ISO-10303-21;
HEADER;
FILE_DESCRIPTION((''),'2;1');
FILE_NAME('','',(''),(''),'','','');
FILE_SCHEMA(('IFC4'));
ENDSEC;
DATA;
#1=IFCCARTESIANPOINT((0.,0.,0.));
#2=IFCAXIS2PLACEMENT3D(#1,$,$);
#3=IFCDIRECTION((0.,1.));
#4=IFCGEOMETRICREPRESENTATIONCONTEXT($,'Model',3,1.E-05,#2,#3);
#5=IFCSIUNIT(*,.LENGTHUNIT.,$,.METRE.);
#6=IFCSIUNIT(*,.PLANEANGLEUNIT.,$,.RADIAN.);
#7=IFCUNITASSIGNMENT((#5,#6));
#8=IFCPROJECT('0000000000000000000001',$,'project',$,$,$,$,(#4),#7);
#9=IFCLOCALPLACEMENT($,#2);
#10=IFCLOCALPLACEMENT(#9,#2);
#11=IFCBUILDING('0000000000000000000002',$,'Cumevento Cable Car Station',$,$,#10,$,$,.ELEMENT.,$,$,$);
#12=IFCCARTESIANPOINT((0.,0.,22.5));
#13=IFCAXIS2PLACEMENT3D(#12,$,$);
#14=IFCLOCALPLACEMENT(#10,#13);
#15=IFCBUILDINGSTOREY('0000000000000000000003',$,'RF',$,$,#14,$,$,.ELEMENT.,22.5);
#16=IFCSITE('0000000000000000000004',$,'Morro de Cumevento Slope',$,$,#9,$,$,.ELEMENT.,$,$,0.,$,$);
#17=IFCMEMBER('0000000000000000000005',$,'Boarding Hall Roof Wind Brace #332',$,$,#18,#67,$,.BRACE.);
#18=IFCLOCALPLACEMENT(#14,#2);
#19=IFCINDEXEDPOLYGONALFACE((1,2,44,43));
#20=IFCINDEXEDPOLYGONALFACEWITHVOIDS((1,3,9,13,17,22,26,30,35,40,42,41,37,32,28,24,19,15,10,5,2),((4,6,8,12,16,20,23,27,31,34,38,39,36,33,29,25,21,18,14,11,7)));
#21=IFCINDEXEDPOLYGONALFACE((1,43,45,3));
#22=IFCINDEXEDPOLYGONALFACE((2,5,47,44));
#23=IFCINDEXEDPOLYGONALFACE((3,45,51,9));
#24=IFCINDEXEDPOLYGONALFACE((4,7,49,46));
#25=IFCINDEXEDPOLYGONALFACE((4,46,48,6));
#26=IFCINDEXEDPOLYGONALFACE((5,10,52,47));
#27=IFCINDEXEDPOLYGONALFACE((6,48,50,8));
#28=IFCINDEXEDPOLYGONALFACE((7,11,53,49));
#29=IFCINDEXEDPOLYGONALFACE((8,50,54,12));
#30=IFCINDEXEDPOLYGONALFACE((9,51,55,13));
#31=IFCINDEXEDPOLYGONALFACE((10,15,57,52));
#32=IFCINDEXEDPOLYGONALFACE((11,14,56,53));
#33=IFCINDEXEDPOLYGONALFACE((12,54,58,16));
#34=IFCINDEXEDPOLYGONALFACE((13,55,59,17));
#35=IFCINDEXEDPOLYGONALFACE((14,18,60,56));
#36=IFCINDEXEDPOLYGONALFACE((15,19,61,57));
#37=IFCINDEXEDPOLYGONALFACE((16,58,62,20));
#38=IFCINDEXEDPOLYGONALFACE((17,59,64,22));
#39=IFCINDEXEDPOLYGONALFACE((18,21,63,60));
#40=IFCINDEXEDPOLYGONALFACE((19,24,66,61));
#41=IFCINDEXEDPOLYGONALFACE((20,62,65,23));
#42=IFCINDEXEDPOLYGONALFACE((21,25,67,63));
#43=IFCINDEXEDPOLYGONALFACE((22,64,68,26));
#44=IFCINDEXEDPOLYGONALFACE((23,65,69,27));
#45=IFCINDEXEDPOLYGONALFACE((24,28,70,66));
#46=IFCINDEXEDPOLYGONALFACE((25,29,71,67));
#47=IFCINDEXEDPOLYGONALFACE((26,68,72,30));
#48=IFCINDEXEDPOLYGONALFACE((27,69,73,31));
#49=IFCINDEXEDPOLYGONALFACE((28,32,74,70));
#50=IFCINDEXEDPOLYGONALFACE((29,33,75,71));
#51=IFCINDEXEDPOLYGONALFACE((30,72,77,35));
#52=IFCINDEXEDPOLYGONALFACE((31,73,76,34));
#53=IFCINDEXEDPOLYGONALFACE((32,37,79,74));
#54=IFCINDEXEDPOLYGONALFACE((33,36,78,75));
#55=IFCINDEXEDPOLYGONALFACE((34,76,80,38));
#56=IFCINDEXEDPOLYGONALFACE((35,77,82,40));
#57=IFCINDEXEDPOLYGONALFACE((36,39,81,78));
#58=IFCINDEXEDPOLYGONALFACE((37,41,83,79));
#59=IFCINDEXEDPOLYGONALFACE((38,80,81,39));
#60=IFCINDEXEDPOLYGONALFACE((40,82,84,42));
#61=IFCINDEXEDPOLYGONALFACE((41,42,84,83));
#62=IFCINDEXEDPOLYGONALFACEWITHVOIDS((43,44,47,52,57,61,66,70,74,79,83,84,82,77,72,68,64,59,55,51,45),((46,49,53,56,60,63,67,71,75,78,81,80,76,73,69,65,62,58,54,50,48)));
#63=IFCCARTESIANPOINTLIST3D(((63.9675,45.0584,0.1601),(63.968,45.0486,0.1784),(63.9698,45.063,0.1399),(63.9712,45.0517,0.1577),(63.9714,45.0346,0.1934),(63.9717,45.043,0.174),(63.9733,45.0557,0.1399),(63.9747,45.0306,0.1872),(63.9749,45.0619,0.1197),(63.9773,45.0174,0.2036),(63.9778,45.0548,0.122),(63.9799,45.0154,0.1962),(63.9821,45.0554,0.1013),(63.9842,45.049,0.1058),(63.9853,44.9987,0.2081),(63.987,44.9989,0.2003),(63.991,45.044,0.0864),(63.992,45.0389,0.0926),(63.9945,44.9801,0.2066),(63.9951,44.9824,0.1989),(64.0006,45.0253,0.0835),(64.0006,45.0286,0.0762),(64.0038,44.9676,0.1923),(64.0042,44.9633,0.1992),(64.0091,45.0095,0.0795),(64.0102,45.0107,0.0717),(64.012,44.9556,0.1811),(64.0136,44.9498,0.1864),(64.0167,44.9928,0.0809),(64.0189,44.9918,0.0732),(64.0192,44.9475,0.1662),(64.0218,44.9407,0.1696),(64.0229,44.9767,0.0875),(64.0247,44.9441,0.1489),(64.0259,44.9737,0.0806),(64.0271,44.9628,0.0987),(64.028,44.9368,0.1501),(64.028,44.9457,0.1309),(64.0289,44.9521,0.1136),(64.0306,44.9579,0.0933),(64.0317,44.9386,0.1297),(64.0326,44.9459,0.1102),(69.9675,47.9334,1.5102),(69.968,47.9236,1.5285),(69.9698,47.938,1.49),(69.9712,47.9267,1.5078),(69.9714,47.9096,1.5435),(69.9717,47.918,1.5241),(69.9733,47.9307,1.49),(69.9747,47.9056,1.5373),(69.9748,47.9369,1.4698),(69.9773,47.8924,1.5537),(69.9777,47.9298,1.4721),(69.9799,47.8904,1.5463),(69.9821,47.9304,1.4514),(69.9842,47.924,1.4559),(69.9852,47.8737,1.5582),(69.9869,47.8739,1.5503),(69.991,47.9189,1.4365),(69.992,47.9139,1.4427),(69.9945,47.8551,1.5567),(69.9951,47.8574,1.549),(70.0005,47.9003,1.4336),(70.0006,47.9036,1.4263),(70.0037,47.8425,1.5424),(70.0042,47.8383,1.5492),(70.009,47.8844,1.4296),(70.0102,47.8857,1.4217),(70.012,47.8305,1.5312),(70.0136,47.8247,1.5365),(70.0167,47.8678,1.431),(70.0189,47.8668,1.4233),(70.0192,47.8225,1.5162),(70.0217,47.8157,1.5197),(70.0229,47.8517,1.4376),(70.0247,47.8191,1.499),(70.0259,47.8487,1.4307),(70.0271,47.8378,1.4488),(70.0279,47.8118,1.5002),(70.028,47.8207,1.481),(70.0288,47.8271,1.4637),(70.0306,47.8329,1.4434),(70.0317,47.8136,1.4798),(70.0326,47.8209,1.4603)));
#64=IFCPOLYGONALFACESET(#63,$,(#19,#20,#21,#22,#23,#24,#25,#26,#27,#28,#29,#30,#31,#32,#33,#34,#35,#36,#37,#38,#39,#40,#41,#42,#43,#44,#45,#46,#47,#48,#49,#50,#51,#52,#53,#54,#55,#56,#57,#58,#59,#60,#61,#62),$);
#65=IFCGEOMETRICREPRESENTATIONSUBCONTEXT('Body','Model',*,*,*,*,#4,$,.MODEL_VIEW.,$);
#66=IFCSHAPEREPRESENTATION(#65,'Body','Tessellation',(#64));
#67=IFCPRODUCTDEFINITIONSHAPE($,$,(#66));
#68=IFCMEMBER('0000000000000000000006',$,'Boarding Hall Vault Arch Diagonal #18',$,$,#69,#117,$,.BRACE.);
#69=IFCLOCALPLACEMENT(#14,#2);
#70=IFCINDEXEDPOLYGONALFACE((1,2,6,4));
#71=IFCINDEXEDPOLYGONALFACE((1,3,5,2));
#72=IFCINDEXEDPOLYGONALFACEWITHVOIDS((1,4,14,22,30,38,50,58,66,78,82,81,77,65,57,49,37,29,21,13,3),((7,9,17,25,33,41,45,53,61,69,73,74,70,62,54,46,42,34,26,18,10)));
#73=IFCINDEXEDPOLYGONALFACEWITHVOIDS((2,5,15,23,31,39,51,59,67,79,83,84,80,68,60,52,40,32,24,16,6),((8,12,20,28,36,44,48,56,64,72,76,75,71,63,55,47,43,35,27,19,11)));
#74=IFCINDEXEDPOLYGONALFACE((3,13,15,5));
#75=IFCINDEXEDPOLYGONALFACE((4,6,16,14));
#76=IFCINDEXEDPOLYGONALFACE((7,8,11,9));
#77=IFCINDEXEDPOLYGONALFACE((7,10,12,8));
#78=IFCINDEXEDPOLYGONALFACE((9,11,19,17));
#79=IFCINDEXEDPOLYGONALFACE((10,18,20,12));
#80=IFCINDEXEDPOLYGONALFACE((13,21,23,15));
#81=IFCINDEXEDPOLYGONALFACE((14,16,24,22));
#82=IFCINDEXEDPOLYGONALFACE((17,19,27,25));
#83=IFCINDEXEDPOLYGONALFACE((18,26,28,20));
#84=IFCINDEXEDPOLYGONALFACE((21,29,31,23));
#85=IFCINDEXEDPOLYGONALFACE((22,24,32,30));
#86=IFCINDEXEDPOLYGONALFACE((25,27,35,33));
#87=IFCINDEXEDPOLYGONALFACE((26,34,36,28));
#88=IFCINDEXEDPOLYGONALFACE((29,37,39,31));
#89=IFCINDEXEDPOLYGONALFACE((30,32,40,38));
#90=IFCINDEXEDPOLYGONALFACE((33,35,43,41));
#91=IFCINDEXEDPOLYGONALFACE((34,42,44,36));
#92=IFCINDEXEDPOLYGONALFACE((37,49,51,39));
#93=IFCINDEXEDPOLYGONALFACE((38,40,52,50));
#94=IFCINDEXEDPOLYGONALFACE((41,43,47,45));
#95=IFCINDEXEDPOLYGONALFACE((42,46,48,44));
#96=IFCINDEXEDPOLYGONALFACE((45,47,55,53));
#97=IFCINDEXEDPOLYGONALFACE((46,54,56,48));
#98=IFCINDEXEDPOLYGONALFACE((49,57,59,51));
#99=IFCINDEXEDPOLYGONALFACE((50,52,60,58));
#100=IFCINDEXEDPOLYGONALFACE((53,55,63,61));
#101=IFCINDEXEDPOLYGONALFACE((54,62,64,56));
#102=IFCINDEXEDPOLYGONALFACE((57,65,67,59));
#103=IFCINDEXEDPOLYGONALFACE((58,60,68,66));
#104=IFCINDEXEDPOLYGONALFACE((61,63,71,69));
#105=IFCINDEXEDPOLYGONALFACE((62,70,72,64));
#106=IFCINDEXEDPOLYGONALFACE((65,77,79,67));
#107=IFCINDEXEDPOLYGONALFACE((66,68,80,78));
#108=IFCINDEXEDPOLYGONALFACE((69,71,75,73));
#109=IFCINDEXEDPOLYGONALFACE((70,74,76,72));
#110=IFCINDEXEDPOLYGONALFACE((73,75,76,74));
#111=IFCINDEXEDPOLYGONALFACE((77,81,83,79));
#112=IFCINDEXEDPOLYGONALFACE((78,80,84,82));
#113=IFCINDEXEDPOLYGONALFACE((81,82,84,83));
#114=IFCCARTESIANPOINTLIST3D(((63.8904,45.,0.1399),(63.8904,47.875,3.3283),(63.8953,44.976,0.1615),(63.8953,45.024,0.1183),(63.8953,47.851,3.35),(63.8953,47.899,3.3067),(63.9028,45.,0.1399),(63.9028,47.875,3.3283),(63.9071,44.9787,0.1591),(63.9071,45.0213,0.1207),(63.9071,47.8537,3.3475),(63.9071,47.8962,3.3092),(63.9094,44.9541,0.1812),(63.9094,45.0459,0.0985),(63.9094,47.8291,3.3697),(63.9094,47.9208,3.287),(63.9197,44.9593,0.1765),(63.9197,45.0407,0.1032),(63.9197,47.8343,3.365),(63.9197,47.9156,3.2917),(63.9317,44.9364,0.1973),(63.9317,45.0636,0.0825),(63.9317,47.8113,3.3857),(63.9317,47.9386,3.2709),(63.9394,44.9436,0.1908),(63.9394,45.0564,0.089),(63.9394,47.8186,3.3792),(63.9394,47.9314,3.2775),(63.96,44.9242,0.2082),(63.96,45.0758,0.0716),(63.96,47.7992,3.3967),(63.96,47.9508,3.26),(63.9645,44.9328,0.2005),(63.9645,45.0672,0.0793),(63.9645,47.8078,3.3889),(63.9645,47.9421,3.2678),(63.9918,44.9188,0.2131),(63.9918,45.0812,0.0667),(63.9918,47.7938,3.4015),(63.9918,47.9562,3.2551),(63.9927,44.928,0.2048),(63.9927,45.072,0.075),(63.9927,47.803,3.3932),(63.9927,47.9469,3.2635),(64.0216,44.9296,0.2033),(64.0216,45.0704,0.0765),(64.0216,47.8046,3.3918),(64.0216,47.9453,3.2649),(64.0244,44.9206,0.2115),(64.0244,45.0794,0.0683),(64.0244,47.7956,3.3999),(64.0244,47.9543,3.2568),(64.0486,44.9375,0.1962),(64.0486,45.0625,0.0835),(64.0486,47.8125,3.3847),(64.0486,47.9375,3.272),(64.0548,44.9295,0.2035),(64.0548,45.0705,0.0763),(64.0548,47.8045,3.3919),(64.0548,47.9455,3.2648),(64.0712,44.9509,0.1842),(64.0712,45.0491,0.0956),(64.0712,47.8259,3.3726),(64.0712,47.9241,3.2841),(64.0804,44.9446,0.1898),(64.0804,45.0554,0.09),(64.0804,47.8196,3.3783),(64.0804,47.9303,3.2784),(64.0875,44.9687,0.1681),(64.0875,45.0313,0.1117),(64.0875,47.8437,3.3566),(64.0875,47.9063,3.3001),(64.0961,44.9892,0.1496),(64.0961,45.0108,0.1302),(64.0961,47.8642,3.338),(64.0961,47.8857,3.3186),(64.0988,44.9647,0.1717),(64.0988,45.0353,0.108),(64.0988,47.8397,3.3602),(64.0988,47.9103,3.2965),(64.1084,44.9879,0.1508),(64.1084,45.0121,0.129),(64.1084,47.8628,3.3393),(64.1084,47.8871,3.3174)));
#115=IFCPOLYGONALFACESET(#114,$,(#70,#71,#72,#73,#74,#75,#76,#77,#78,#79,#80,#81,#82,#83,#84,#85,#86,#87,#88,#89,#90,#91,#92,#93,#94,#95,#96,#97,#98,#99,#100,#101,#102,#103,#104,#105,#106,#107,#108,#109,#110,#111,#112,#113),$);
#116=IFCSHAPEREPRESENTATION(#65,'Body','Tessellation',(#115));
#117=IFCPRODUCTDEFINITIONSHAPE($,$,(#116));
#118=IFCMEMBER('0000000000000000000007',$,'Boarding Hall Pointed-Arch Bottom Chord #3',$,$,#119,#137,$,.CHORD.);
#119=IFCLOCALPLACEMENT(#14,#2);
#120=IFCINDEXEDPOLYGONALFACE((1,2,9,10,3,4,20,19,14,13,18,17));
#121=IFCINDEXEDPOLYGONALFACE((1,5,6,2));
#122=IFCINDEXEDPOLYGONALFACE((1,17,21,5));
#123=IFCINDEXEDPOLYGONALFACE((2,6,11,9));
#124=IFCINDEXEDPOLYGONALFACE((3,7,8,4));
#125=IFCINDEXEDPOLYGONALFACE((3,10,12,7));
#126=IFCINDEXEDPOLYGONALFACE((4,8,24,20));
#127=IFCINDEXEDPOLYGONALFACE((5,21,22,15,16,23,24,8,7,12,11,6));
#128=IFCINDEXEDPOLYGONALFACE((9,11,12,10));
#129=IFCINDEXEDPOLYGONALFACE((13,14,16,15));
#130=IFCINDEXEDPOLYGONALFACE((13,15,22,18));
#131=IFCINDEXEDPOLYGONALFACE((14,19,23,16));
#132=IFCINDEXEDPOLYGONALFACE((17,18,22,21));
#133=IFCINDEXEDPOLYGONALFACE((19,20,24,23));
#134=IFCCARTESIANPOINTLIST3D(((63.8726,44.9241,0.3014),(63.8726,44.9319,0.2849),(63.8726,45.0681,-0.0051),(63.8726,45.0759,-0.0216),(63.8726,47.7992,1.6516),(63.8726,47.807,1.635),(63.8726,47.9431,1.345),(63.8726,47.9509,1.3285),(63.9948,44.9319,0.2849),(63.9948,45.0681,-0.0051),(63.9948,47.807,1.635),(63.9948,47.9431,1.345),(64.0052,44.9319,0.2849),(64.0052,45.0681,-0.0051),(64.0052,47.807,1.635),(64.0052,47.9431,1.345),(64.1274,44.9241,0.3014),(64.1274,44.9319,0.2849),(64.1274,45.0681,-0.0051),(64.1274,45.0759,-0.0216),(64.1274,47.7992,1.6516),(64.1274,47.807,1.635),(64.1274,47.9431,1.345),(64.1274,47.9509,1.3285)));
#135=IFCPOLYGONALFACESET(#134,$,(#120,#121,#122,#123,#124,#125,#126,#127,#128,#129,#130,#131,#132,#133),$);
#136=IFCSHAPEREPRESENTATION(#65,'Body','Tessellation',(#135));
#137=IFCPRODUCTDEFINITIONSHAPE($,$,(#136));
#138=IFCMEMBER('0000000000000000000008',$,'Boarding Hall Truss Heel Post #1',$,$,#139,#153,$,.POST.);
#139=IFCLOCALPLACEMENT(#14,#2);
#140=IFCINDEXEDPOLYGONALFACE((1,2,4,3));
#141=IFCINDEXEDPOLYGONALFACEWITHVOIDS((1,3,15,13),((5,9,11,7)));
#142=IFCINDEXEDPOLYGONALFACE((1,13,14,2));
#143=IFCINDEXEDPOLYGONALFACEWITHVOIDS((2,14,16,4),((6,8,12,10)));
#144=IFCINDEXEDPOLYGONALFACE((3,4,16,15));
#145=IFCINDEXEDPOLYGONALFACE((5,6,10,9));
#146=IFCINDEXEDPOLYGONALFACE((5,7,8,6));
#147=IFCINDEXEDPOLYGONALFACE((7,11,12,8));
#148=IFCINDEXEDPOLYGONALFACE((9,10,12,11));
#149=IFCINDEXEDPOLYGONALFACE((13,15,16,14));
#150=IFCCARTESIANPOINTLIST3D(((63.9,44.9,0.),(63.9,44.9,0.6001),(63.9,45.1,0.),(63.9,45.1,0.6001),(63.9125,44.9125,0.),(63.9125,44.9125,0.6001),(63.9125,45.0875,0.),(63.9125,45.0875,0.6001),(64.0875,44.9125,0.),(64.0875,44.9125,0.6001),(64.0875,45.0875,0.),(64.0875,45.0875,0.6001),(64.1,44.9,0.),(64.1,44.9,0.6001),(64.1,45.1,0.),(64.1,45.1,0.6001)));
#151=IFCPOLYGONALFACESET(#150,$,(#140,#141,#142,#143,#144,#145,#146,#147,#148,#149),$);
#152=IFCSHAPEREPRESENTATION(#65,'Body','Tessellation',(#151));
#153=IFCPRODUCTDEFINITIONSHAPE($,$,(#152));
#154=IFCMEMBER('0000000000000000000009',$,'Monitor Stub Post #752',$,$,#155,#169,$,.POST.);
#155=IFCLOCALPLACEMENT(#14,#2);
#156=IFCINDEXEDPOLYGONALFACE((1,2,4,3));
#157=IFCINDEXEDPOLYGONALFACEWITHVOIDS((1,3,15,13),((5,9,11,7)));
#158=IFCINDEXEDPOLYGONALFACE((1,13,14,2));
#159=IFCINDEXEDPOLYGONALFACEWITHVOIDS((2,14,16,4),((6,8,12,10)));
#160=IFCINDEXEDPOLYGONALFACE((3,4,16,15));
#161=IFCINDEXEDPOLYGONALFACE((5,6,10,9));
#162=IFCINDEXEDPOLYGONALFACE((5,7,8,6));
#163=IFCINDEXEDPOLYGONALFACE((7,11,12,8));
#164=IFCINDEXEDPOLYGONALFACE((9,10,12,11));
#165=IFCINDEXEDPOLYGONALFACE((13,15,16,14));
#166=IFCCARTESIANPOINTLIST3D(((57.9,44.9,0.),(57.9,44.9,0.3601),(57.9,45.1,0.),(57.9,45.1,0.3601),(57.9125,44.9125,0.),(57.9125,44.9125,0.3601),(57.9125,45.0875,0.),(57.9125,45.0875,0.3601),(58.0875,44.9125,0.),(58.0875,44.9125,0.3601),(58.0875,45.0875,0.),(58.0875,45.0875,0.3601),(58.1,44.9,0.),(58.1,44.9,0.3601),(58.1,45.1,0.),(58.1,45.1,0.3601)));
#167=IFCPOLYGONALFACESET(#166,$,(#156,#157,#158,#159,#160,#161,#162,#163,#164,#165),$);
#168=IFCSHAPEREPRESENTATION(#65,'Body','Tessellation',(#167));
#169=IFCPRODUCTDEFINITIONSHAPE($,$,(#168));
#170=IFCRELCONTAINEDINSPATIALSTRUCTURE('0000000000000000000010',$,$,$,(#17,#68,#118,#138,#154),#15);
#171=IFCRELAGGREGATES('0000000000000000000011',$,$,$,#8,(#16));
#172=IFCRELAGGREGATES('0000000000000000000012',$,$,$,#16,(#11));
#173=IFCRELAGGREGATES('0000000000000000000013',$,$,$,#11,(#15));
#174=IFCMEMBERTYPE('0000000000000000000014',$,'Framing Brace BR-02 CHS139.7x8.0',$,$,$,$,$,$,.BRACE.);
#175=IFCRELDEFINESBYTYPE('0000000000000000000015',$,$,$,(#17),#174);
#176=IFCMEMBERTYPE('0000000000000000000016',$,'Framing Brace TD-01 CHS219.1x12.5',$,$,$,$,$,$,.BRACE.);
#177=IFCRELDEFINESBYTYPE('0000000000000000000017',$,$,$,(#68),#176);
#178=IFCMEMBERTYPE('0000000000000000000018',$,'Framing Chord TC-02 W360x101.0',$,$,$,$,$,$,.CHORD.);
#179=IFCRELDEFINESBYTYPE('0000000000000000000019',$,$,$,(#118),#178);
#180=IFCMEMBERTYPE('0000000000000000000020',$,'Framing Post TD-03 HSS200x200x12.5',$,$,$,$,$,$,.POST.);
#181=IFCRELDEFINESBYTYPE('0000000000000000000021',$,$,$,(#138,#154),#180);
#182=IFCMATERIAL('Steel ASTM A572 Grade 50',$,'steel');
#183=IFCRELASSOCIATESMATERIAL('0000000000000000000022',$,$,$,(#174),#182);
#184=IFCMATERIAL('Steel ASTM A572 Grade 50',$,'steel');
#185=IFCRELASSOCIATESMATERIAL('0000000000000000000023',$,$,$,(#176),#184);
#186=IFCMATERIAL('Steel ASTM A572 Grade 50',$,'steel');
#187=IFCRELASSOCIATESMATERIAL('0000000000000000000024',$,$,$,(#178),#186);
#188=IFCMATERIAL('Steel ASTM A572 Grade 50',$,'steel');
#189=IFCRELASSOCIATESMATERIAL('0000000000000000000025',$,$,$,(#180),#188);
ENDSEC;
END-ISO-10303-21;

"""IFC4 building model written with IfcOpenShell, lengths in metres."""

from ifc_helpers import new_model, si_unit, direction, frame, origin, origin_2d, place, context, subcontext, project, spatial, hollow_rectangle, hollow_circle, i_section, extrude, material, material_profile, profile_set, type_object, element, save


model = new_model("IFC4")

# Units and contexts
model_context = context("Model", 3, precision=1e-05, world=origin(), true_north=direction((0.0, 1.0)))
body_context = subcontext(model_context, "Body", "Model", "MODEL_VIEW")
ifc_project = project(units=[si_unit("LENGTHUNIT", "METRE"), si_unit("PLANEANGLEUNIT", "RADIAN")], contexts=[model_context])

# Site, building, storey
site_placement = place(None, origin())
site = spatial("IfcSite", under=ifc_project, at=site_placement, Name="Morro de Cumevento Slope", CompositionType="ELEMENT", RefElevation=0.0)
building_placement = place(site_placement, origin())
building = spatial("IfcBuilding", under=site, at=building_placement, Name="Cumevento Cable Car Station", CompositionType="ELEMENT")
storey_placement = place(building_placement, frame((0.0, 0.0, 22.5)))
storey = spatial("IfcBuildingStorey", under=building, at=storey_placement, Name="RF", CompositionType="ELEMENT", Elevation=22.5)

# Members
ifc_material_1 = material(Name="Steel ASTM A572 Grade 50", Category="steel")
ifc_material_profile_1 = material_profile(ifc_material_1, hollow_circle(Radius=0.0698, WallThickness=0.0081, at=origin_2d()), Name="CHS139.7x8.0")
ifc_profile_set_1 = profile_set([ifc_material_profile_1], Name="Steel ASTM A572 Grade 50")
member_type_1 = type_object("IfcMemberType", Name="Framing Brace BR-02 CHS139.7x8.0", PredefinedType="BRACE", material=ifc_profile_set_1)
member_1_placement = place(storey_placement, frame((64.0, 45.0, 0.1399), z_axis=(0.883803, 0.423489, 0.19887), x_axis=(-0.43212, 0.901816, 0.0)))
element("IfcMember", 1, at=member_1_placement, inside=storey, type_object=member_type_1, Name="Boarding Hall Roof Wind Brace #332", PredefinedType="BRACE", context=body_context, shape_type="SweptSolid", body=[
    extrude(hollow_circle(Radius=0.0698, WallThickness=0.0081, at=origin_2d()), origin(), (0.0, 0.0, 1.0), 6.7888),
])
ifc_material_2 = material(Name="Steel ASTM A572 Grade 50", Category="steel")
ifc_material_profile_2 = material_profile(ifc_material_2, hollow_circle(Radius=0.1096, WallThickness=0.0125, at=origin_2d()), Name="CHS219.1x12.5")
ifc_profile_set_2 = profile_set([ifc_material_profile_2], Name="Steel ASTM A572 Grade 50")
member_type_2 = type_object("IfcMemberType", Name="Framing Brace TD-01 CHS219.1x12.5", PredefinedType="BRACE", material=ifc_profile_set_2)
member_2_placement = place(storey_placement, frame((64.0, 45.0, 0.1399), z_axis=(0.0, 0.669656, 0.742672), x_axis=(-1.0, 0.0, 0.0)))
element("IfcMember", 2, at=member_2_placement, inside=storey, type_object=member_type_2, Name="Boarding Hall Vault Arch Diagonal #18", PredefinedType="BRACE", context=body_context, shape_type="SweptSolid", body=[
    extrude(hollow_circle(Radius=0.1096, WallThickness=0.0125, at=origin_2d()), origin(), (0.0, 0.0, 1.0), 4.2932),
])
ifc_material_3 = material(Name="Steel ASTM A572 Grade 50", Category="steel")
ifc_material_profile_3 = material_profile(ifc_material_3, i_section(OverallWidth=0.2549, OverallDepth=0.3569, WebThickness=0.0105, FlangeThickness=0.0183, at=origin_2d()), Name="W360x101.0")
ifc_profile_set_3 = profile_set([ifc_material_profile_3], Name="Steel ASTM A572 Grade 50")
member_type_3 = type_object("IfcMemberType", Name="Framing Chord TC-02 W360x101.0", PredefinedType="CHORD", material=ifc_profile_set_3)
member_3_placement = place(storey_placement, frame((64.0, 45.0, 0.1399), z_axis=(0.0, 0.905163, 0.425064), x_axis=(-1.0, 0.0, 0.0)))
element("IfcMember", 3, at=member_3_placement, inside=storey, type_object=member_type_3, Name="Boarding Hall Pointed-Arch Bottom Chord #3", PredefinedType="CHORD", context=body_context, shape_type="SweptSolid", body=[
    extrude(i_section(OverallWidth=0.2549, OverallDepth=0.3569, WebThickness=0.0105, FlangeThickness=0.0183, at=origin_2d()), origin(), (0.0, 0.0, 1.0), 3.1763),
])
ifc_material_4 = material(Name="Steel ASTM A572 Grade 50", Category="steel")
ifc_material_profile_4 = material_profile(ifc_material_4, hollow_rectangle(XDim=0.2, YDim=0.2, WallThickness=0.0125, at=origin_2d()), Name="HSS200x200x12.5")
ifc_profile_set_4 = profile_set([ifc_material_profile_4], Name="Steel ASTM A572 Grade 50")
member_type_4 = type_object("IfcMemberType", Name="Framing Post TD-03 HSS200x200x12.5", PredefinedType="POST", material=ifc_profile_set_4)
member_4_placement = place(storey_placement, frame((64.0, 45.0, 0.0), z_axis=(0.0, 0.0, 1.0), x_axis=(1.0, 0.0, 0.0)))
element("IfcMember", 4, at=member_4_placement, inside=storey, type_object=member_type_4, Name="Boarding Hall Truss Heel Post #1", PredefinedType="POST", context=body_context, shape_type="SweptSolid", body=[
    extrude(hollow_rectangle(XDim=0.2, YDim=0.2, WallThickness=0.0125, at=origin_2d()), origin(), (0.0, 0.0, 1.0), 0.6001),
])
member_5_placement = place(storey_placement, frame((58.0, 45.0, 0.0), z_axis=(0.0, 0.0, 1.0), x_axis=(1.0, 0.0, 0.0)))
element("IfcMember", 5, at=member_5_placement, inside=storey, type_object=member_type_4, Name="Monitor Stub Post #752", PredefinedType="POST", context=body_context, shape_type="SweptSolid", body=[
    extrude(hollow_rectangle(XDim=0.2, YDim=0.2, WallThickness=0.0125, at=origin_2d()), origin(), (0.0, 0.0, 1.0), 0.3601),
])

save(model, "model.ifc")
